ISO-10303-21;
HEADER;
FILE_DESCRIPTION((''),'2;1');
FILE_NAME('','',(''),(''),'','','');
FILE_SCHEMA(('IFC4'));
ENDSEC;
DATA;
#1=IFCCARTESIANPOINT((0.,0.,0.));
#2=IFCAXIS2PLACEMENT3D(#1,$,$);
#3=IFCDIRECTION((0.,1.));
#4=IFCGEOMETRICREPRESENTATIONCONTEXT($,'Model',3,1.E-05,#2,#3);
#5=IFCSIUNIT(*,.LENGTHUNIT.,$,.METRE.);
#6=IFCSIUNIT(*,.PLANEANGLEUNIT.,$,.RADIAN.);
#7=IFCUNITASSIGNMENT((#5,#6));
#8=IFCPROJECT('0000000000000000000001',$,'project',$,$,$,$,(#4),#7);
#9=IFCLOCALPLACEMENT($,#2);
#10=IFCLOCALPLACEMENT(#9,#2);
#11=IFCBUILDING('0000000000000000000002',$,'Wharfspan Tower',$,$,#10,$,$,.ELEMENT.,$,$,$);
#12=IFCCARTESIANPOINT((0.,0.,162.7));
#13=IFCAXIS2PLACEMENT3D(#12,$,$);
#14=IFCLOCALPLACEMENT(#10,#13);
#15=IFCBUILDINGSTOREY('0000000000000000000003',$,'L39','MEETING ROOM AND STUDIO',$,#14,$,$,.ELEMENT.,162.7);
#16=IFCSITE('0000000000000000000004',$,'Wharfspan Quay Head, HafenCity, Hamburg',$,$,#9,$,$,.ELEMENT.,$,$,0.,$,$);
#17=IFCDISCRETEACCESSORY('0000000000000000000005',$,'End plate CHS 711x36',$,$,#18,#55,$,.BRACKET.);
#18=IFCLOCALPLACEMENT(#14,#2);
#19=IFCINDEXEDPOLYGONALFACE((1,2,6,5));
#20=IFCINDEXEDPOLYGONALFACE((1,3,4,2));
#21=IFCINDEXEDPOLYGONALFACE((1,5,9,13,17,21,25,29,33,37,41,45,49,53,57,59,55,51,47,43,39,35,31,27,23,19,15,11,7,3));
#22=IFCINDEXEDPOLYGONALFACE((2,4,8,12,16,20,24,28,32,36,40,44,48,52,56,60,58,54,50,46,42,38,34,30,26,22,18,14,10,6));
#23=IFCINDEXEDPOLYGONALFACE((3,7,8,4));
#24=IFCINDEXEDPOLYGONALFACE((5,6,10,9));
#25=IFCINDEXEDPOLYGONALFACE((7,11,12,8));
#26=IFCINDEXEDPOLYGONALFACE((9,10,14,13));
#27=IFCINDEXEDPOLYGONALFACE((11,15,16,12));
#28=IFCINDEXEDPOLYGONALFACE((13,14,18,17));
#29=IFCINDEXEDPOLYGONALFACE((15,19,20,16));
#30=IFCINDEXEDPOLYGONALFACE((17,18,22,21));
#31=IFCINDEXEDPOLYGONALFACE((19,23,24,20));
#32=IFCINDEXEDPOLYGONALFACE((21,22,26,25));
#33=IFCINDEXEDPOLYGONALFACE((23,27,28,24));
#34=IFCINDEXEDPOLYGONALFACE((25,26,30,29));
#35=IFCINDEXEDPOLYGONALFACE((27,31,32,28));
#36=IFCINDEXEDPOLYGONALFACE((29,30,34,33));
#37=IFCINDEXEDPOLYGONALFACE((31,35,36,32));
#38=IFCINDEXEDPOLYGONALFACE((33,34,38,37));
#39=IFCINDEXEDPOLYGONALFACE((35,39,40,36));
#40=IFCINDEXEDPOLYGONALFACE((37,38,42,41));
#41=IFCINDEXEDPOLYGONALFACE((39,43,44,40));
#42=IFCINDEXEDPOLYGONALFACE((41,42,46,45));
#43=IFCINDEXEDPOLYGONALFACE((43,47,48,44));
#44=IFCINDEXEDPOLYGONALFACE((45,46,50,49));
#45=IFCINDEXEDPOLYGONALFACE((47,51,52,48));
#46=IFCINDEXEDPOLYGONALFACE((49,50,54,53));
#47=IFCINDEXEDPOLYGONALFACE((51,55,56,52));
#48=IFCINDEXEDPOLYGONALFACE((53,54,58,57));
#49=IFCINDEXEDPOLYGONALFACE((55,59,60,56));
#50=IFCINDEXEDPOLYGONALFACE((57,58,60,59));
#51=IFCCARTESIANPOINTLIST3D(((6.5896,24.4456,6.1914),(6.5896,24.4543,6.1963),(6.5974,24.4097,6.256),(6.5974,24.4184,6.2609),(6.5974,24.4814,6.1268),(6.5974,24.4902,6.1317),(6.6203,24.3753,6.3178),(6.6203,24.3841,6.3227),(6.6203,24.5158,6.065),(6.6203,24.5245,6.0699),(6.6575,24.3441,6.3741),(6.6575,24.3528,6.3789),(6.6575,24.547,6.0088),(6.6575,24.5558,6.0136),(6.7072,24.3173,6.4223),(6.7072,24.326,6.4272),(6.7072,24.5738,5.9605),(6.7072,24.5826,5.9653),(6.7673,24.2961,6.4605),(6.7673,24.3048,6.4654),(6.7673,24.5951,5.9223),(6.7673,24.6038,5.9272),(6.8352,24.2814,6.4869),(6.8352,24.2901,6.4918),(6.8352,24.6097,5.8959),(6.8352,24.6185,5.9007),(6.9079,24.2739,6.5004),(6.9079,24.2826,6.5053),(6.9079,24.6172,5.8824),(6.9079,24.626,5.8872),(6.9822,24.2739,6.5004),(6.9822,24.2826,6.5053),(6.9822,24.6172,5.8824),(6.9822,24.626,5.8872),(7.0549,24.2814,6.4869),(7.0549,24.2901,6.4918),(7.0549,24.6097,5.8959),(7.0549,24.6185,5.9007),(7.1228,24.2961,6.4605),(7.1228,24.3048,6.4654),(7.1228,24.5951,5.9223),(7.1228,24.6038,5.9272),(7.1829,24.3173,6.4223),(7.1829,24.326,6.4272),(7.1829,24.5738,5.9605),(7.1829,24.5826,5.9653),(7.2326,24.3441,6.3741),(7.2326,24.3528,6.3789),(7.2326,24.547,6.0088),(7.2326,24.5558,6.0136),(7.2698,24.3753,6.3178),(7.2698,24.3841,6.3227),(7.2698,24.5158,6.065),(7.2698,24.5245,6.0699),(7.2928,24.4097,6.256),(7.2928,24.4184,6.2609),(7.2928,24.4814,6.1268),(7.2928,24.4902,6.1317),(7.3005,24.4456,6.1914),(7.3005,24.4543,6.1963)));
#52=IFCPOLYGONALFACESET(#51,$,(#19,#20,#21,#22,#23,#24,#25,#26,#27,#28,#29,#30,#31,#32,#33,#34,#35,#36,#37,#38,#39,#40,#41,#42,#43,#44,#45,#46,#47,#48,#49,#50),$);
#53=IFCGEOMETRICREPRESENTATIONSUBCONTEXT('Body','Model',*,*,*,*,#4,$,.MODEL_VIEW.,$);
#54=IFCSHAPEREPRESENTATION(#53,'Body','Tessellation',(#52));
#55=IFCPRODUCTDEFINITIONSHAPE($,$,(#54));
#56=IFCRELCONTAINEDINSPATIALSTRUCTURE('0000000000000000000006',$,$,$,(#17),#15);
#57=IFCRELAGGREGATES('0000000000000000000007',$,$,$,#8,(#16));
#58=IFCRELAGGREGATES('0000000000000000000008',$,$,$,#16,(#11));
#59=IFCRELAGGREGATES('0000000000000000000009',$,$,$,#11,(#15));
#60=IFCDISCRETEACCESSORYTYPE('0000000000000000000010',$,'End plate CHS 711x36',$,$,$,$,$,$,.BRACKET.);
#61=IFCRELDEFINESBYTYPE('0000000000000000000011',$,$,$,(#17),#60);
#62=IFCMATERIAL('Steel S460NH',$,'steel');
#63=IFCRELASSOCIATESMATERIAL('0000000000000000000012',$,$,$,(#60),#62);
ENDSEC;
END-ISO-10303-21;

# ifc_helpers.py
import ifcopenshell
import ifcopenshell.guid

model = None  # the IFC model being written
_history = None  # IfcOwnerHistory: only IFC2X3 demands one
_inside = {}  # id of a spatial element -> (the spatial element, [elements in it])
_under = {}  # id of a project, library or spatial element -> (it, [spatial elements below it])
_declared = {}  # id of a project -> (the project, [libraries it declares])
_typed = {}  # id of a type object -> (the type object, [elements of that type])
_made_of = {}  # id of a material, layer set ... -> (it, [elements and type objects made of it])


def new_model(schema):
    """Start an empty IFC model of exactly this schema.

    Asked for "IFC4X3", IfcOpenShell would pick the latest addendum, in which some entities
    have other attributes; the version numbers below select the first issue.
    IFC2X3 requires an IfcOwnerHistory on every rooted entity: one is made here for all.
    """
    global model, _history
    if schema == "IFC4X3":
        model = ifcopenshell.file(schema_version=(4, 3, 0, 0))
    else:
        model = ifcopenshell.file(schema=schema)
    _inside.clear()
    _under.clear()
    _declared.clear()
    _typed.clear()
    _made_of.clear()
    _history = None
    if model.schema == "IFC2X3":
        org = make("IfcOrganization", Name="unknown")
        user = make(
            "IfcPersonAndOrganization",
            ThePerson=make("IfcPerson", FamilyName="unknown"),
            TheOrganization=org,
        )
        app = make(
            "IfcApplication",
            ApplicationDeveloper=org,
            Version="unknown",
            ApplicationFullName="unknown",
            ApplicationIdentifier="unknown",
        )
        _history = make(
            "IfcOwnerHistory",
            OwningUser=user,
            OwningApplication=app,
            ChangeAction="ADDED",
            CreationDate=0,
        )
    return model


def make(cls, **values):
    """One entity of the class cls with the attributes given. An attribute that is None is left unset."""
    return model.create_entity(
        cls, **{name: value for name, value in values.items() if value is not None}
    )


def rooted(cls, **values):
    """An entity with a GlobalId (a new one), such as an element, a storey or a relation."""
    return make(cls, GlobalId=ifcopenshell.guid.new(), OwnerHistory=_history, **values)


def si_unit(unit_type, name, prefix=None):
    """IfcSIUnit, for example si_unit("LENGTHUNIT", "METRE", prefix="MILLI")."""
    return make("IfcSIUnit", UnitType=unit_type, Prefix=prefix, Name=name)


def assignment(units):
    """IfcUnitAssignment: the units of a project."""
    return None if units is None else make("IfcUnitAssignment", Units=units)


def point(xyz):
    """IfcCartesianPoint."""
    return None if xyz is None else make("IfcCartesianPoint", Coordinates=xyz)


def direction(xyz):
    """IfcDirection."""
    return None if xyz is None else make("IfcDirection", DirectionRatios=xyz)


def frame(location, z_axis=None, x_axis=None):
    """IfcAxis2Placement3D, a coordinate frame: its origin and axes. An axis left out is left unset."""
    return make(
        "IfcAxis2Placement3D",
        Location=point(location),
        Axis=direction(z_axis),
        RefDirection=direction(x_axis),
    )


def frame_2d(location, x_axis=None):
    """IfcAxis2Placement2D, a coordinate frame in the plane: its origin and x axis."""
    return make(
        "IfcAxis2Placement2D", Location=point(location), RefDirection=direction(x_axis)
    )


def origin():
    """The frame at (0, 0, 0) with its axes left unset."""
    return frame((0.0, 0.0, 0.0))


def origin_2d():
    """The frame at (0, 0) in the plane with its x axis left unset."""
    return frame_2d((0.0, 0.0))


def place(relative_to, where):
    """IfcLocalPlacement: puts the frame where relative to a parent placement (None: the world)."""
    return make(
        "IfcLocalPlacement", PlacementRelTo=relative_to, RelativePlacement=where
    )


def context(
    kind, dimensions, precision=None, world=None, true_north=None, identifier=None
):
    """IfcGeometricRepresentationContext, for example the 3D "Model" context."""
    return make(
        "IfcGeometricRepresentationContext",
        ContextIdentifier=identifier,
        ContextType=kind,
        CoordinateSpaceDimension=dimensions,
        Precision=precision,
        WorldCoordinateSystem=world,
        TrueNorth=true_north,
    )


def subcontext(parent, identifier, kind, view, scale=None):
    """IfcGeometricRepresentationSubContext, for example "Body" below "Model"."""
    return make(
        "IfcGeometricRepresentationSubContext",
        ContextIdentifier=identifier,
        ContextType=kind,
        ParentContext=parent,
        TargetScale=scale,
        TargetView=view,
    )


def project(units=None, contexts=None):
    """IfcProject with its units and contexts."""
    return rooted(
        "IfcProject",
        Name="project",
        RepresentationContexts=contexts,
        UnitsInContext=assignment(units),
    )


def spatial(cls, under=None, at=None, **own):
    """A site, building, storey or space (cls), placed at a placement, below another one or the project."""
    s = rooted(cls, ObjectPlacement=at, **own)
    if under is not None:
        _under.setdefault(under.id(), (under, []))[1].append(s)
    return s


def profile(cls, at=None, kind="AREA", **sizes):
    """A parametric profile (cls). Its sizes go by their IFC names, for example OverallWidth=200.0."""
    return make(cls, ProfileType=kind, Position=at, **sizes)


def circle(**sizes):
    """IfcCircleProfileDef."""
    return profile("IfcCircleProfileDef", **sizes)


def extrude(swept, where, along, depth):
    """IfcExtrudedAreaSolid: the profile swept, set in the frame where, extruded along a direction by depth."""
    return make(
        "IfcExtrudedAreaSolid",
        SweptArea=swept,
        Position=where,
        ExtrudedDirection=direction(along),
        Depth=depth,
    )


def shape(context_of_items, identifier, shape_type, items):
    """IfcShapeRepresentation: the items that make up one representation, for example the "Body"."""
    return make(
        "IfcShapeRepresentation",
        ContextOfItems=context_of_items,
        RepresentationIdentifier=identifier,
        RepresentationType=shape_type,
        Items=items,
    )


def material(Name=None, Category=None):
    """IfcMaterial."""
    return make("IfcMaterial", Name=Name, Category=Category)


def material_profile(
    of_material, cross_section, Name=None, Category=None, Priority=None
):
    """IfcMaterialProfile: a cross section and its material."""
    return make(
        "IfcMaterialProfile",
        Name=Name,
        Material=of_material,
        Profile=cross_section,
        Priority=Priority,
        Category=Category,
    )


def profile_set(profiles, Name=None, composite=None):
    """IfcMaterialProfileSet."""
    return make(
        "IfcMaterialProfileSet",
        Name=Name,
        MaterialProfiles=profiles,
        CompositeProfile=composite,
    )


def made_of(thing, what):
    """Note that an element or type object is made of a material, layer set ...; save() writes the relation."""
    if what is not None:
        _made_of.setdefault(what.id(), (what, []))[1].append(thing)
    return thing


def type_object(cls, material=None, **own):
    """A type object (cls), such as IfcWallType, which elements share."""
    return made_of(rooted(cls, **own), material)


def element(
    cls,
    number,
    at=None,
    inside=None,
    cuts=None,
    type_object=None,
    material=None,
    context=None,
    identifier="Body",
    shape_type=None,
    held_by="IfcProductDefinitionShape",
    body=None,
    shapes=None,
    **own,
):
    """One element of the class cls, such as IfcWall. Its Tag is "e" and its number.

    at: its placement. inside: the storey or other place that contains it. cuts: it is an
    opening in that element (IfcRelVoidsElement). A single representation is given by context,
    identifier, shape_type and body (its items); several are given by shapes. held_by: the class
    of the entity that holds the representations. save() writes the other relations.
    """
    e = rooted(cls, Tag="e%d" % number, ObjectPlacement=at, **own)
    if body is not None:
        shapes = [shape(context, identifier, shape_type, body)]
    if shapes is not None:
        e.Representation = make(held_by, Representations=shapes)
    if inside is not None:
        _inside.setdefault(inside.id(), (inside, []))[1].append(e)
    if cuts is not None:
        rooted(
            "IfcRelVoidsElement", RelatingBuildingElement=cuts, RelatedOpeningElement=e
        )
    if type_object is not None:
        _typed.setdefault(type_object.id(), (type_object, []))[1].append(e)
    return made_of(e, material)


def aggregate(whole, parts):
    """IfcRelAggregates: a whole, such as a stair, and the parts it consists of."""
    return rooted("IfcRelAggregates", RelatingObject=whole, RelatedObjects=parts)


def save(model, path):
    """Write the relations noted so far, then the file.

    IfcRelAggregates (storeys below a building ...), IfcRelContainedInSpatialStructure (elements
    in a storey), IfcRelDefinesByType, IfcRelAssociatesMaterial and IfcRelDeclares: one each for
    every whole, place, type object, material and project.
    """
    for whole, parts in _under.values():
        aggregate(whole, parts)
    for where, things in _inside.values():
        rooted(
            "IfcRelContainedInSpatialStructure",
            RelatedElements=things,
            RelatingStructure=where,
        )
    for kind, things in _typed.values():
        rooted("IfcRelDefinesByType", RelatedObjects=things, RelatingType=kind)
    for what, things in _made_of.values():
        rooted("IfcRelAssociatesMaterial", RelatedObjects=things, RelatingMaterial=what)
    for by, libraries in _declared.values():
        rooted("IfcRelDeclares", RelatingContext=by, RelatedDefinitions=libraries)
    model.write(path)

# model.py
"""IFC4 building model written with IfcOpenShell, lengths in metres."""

from ifc_helpers import new_model, si_unit, direction, frame, origin, origin_2d, place, context, subcontext, project, spatial, circle, extrude, material, material_profile, profile_set, type_object, element, save


model = new_model("IFC4")

# Units and contexts
model_context = context("Model", 3, precision=1e-05, world=origin(), true_north=direction((0.0, 1.0)))
body_context = subcontext(model_context, "Body", "Model", "MODEL_VIEW")
ifc_project = project(units=[si_unit("LENGTHUNIT", "METRE"), si_unit("PLANEANGLEUNIT", "RADIAN")], contexts=[model_context])

# Site, building, storey
site_placement = place(None, origin())
site = spatial("IfcSite", under=ifc_project, at=site_placement, Name="Wharfspan Quay Head, HafenCity, Hamburg", CompositionType="ELEMENT", RefElevation=0.0)
building_placement = place(site_placement, origin())
building = spatial("IfcBuilding", under=site, at=building_placement, Name="Wharfspan Tower", CompositionType="ELEMENT")
storey_placement = place(building_placement, frame((0.0, 0.0, 162.7)))
storey = spatial("IfcBuildingStorey", under=building, at=storey_placement, Name="L39", Description="MEETING ROOM AND STUDIO", CompositionType="ELEMENT", Elevation=162.7)

# Shared definitions
ifc_material_1 = material(Name="Steel S460NH", Category="steel")

# Discrete accessory
ifc_material_profile_1 = material_profile(ifc_material_1, circle(Radius=0.3555, at=origin_2d()))
ifc_profile_set_1 = profile_set([ifc_material_profile_1], Name="Steel S460NH")
discrete_accessory_type = type_object("IfcDiscreteAccessoryType", Name="End plate CHS 711x36", PredefinedType="BRACKET", material=ifc_profile_set_1)
for number, where, z_axis, x_axis, name in (
    (1, (6.9451, 24.4456, 6.1914), (0.0, 0.874157, 0.485643), (-1.0, 0.0, 0.0), "End plate CHS 711x36"),
):
    element("IfcDiscreteAccessory", number, at=place(storey_placement, frame(where, z_axis=z_axis, x_axis=x_axis)), inside=storey, type_object=discrete_accessory_type, Name=name, PredefinedType="BRACKET", context=body_context, shape_type="SweptSolid", body=[
        extrude(circle(Radius=0.3555, at=origin_2d()), origin(), (0.0, 0.0, 1.0), 0.01),
    ])

save(model, "model.ifc")
